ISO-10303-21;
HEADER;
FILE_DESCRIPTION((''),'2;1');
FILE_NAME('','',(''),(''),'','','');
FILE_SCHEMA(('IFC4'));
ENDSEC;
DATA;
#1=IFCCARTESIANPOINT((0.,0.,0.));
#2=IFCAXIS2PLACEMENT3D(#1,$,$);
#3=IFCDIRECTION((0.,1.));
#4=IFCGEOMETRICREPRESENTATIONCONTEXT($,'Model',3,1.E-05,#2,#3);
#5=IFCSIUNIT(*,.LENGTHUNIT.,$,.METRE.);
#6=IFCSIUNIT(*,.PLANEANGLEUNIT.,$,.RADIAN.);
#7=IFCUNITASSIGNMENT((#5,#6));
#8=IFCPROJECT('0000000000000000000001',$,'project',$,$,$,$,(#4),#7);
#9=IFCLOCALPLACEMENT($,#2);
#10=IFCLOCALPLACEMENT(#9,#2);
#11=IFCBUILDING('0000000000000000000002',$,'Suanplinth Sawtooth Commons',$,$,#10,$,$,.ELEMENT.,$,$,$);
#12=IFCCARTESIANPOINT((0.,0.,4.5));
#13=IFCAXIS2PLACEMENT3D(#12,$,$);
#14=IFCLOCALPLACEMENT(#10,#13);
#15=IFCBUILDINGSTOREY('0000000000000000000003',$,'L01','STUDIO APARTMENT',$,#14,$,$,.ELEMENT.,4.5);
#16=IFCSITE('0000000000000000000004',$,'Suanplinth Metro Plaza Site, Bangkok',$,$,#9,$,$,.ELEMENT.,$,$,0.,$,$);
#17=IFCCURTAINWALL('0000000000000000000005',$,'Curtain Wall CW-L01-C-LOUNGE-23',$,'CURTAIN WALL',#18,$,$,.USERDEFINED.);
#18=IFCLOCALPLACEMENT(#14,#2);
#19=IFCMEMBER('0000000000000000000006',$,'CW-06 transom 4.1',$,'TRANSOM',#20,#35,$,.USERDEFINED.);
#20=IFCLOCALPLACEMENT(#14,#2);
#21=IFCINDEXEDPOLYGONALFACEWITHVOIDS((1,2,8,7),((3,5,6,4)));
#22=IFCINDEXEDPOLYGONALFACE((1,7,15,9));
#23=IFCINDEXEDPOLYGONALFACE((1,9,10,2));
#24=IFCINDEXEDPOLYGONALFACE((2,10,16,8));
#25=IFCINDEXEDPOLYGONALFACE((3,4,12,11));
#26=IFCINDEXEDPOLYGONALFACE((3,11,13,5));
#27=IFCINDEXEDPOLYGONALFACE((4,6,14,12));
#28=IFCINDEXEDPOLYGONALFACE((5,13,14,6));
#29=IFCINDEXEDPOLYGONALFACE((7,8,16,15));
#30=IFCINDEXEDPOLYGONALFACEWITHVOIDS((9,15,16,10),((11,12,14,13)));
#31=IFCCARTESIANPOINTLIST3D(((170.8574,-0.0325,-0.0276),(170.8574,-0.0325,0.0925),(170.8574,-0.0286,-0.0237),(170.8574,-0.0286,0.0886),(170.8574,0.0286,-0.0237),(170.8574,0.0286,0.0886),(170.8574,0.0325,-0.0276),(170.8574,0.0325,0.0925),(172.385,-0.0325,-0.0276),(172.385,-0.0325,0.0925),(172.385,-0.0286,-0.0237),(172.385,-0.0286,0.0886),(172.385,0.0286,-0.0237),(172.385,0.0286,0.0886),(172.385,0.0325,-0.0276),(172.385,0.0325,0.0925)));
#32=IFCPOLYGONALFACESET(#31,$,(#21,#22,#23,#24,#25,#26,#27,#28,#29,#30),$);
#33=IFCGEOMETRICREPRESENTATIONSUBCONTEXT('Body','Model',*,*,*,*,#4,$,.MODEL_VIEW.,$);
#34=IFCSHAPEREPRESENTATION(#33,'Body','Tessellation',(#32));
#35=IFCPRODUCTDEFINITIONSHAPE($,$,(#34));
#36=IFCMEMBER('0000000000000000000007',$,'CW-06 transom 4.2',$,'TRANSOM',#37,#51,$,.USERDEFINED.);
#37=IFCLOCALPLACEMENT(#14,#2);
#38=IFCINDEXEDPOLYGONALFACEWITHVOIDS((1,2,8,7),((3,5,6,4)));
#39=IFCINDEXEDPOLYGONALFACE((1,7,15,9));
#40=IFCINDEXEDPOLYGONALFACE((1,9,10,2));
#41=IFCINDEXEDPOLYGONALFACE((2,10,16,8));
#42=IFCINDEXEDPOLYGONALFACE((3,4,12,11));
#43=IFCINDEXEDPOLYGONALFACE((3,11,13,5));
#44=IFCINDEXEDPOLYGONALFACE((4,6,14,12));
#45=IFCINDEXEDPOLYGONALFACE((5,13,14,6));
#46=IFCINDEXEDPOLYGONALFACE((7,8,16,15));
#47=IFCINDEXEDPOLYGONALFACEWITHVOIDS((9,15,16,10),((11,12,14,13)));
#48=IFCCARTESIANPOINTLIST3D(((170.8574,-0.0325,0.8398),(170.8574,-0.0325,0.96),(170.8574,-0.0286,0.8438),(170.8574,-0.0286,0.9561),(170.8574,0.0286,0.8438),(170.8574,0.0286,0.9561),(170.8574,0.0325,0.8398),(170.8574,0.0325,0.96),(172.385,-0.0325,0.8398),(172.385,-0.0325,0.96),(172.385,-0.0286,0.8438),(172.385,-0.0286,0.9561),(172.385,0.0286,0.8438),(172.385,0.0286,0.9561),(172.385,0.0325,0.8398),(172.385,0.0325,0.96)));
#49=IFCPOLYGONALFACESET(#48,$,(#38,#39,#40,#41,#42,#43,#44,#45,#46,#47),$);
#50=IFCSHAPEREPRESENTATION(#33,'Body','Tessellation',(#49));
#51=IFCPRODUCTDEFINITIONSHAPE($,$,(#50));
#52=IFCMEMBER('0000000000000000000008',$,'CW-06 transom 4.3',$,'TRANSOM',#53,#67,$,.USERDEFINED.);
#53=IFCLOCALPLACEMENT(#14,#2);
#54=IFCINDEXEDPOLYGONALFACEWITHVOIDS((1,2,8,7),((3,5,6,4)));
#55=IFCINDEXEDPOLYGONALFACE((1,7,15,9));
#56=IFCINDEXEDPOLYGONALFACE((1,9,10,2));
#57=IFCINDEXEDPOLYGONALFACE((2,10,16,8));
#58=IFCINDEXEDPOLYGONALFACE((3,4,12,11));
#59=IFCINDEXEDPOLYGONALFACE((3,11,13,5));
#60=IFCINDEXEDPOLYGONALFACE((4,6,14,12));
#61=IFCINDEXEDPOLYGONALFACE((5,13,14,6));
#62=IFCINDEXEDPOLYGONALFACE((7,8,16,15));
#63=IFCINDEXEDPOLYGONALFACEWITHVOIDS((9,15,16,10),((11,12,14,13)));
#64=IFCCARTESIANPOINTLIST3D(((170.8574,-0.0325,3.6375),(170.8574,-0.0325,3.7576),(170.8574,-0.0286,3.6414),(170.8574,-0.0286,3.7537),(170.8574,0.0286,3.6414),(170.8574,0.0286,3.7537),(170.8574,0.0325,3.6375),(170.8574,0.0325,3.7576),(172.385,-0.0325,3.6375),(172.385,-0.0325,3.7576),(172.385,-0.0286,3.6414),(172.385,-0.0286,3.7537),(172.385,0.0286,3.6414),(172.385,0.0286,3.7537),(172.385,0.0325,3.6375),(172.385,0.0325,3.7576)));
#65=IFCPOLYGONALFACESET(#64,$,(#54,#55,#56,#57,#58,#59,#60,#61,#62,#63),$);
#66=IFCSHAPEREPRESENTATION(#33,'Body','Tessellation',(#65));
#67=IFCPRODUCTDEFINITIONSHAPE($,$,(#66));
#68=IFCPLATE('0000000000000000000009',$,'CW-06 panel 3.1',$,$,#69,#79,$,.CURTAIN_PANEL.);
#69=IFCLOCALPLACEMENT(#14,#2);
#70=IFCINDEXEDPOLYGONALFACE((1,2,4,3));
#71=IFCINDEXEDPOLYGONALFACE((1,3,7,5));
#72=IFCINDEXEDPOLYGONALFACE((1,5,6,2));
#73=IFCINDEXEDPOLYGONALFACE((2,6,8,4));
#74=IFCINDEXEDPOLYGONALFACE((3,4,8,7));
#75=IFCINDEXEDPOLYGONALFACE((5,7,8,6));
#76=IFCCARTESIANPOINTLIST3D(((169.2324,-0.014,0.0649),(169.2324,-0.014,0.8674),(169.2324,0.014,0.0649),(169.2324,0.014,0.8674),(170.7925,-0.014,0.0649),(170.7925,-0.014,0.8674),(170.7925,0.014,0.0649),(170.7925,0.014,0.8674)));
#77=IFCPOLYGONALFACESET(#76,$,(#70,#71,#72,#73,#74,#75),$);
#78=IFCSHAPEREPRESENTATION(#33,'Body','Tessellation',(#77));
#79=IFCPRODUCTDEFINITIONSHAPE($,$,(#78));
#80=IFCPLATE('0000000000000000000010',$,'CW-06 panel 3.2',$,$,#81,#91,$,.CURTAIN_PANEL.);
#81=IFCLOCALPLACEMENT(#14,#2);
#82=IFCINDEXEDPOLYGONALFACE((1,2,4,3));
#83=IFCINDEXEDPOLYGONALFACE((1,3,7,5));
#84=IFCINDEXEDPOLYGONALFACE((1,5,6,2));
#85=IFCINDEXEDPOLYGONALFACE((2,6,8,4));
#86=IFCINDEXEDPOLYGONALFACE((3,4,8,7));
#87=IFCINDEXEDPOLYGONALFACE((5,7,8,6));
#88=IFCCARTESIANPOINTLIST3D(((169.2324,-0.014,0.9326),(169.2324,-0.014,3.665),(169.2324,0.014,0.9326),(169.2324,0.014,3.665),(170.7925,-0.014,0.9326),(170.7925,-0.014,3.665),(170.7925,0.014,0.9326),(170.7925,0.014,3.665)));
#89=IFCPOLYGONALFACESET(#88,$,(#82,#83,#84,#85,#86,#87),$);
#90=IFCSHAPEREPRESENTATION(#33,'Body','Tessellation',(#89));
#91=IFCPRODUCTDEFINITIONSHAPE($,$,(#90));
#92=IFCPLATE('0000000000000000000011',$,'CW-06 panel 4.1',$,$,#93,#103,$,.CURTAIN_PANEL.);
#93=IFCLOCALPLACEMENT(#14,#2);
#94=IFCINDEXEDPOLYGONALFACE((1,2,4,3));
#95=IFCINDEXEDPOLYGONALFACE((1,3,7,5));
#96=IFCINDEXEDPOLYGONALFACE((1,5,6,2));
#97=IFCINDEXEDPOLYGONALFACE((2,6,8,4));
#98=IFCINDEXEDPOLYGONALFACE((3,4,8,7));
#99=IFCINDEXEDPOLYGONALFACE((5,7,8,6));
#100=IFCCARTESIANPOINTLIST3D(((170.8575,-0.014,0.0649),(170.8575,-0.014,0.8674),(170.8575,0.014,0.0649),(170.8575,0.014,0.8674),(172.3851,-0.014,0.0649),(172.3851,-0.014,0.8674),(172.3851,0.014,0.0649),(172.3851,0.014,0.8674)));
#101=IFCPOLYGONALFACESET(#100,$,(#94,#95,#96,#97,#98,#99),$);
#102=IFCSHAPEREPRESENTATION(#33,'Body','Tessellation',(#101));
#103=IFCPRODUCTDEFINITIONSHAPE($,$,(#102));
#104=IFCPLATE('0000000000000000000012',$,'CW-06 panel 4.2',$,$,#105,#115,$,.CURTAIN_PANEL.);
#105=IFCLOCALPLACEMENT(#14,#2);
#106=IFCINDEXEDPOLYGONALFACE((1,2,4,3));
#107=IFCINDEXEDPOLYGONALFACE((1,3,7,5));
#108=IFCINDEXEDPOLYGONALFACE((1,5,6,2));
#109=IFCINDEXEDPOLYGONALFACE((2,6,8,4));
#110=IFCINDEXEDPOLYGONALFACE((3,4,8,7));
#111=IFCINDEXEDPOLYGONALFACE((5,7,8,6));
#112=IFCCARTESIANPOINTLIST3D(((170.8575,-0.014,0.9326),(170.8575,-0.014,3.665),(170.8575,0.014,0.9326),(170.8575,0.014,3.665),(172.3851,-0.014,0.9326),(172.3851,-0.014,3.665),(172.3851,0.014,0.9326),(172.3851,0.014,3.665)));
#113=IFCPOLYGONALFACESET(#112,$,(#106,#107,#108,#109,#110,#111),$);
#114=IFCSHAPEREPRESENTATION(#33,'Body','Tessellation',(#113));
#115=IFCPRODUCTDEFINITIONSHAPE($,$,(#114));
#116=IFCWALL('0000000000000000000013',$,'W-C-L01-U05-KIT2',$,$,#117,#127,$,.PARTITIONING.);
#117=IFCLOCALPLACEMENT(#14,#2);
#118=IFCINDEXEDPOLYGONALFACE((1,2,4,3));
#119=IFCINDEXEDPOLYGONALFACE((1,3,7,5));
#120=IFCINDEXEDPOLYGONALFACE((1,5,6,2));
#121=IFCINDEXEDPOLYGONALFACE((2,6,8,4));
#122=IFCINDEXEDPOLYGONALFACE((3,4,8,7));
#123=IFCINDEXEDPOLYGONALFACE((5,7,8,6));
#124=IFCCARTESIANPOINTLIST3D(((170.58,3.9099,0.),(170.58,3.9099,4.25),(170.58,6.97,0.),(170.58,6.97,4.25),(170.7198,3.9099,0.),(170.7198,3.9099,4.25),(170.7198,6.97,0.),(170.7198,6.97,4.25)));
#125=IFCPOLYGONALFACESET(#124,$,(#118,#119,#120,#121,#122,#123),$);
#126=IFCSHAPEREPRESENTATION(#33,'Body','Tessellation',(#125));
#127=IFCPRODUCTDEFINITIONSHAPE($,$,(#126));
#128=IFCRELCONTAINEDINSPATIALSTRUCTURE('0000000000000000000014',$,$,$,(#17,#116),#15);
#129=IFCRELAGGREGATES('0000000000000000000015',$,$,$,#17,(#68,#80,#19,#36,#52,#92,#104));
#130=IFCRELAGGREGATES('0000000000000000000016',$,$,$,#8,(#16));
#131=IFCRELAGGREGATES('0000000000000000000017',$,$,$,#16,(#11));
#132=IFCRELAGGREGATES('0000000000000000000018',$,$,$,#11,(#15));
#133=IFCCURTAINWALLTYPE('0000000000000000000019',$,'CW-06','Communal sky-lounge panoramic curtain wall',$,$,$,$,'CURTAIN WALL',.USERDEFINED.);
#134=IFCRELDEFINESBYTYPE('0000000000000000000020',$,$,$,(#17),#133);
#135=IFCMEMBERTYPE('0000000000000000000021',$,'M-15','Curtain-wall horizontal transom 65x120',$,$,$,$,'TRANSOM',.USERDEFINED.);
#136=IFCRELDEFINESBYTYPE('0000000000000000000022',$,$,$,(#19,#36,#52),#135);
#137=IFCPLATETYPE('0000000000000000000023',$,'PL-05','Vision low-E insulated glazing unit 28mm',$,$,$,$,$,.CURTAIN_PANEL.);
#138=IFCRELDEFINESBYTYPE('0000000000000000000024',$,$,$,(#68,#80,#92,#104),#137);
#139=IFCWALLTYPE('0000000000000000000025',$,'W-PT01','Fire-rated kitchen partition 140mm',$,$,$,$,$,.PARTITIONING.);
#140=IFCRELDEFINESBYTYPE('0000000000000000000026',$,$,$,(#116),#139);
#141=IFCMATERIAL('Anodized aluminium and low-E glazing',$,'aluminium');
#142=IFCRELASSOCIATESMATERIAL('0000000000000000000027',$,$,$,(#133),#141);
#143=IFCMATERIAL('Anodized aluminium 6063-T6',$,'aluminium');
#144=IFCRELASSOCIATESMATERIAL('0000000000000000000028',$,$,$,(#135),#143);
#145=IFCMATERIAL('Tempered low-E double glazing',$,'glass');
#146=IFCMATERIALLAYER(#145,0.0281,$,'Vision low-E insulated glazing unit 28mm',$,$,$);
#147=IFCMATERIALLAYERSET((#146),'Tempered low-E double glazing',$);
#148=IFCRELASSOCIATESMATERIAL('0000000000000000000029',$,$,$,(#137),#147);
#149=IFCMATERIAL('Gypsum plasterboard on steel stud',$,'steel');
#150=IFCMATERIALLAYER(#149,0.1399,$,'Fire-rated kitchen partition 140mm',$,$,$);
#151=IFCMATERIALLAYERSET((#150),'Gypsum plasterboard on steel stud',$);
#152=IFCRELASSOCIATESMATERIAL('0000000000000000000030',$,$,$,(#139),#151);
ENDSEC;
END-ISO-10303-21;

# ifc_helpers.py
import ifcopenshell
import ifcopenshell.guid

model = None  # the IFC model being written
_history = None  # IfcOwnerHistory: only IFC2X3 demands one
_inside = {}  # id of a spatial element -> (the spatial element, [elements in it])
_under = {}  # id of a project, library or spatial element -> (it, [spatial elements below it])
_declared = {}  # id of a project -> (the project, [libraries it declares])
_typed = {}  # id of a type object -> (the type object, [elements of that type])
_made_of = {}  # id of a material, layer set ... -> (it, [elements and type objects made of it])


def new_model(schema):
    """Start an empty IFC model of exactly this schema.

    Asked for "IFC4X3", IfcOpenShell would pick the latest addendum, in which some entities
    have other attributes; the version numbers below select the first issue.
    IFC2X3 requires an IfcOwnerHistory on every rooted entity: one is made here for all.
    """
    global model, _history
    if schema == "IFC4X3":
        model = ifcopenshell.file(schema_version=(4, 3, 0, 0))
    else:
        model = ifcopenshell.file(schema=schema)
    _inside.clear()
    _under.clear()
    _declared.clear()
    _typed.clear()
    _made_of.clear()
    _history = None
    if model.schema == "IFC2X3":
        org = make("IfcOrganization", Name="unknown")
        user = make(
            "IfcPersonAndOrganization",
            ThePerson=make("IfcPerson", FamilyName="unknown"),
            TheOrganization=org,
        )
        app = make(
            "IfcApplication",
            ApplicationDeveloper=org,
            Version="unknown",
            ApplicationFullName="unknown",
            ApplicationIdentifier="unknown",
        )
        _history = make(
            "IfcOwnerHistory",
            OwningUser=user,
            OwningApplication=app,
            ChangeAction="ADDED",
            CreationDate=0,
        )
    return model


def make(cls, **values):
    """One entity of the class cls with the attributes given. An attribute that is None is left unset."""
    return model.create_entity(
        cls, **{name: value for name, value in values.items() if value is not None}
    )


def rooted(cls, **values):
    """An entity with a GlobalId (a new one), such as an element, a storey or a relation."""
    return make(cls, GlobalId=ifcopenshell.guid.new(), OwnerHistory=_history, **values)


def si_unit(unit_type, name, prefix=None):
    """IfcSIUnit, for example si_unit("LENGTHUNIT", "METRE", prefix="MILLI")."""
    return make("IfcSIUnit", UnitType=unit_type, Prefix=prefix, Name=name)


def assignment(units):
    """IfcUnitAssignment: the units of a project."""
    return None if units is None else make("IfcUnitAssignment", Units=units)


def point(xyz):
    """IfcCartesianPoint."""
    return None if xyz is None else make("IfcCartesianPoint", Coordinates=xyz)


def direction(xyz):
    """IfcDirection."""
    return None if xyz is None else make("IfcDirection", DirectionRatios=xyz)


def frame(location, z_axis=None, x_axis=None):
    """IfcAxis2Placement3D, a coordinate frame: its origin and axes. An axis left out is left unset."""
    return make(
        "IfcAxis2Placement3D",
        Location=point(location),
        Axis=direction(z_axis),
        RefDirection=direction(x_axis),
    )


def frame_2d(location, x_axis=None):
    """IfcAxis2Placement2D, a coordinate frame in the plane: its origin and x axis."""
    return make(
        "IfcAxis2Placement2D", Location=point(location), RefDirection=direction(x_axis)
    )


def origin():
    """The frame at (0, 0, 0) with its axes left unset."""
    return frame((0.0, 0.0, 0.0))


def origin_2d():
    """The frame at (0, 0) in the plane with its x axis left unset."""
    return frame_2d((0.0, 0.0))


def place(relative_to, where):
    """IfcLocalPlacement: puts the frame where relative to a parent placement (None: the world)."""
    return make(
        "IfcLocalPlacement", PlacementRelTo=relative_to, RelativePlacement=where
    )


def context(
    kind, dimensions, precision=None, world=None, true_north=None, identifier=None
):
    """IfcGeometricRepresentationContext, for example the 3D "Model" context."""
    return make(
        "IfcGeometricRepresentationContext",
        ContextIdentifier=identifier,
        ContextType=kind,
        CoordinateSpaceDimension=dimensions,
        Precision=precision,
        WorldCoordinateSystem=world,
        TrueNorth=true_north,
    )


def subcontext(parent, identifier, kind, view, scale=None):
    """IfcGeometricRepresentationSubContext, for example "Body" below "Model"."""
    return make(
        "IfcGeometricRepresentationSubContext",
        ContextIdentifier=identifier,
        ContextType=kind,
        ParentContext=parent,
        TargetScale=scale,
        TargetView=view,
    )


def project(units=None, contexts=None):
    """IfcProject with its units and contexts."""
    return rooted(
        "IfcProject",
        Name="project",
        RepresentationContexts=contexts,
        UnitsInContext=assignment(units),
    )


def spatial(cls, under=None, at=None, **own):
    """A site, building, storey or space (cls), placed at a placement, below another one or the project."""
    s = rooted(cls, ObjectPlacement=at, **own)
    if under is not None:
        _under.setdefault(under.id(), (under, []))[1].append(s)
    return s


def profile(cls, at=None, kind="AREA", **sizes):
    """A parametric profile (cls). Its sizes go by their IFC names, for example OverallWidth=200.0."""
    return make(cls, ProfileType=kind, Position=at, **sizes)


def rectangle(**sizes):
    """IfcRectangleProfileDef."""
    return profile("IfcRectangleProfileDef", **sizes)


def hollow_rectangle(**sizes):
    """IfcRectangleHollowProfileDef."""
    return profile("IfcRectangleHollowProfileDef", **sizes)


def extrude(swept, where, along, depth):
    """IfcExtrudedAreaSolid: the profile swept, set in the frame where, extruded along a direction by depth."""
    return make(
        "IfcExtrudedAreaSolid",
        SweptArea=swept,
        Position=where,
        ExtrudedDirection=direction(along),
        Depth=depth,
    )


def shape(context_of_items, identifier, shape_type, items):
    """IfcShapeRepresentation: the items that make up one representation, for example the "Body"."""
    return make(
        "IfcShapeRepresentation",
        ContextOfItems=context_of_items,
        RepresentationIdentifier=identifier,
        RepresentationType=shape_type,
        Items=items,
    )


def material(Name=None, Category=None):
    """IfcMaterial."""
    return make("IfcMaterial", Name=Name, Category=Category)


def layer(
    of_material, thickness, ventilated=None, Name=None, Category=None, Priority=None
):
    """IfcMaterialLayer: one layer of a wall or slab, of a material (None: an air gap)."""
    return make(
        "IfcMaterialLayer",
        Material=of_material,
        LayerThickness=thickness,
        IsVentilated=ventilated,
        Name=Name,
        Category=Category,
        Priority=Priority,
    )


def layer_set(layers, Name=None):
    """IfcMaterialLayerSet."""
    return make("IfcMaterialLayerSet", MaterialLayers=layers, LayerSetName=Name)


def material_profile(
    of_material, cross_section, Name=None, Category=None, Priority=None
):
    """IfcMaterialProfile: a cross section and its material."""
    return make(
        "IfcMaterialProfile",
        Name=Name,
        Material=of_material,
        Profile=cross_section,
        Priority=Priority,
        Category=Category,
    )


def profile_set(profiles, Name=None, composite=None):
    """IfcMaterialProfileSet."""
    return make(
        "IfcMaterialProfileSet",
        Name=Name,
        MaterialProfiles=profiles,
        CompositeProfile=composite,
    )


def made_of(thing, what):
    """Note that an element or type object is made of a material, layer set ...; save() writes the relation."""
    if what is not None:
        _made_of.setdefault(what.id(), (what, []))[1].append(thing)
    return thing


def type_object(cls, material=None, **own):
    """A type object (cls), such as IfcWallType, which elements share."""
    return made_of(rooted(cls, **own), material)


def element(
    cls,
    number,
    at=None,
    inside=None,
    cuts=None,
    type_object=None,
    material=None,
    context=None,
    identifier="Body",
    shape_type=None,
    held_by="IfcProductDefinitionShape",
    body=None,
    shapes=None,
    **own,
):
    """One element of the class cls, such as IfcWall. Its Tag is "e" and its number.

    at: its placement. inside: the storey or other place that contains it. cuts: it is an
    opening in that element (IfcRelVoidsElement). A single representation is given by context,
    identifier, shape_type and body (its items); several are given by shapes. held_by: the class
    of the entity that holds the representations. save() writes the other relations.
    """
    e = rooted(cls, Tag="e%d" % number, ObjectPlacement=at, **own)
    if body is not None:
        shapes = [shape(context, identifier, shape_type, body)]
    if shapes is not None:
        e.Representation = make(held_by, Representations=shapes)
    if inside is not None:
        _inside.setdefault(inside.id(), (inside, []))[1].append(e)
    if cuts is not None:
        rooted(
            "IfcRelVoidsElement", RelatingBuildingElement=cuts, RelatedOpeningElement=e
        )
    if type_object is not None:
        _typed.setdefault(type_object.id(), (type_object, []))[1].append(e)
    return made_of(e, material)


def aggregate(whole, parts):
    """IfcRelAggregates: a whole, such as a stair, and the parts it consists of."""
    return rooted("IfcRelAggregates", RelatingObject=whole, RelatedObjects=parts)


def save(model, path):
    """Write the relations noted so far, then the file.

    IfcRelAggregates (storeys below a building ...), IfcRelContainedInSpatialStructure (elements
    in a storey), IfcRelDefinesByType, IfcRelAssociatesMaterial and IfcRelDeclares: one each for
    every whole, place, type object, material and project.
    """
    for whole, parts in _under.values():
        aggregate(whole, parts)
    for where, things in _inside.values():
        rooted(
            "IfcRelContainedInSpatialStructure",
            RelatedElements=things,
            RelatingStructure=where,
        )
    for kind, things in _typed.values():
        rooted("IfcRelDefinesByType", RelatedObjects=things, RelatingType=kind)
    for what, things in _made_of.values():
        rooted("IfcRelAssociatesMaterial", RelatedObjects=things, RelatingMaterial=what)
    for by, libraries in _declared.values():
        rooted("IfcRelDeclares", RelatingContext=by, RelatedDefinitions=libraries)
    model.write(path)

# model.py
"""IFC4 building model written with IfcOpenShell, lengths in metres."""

from ifc_helpers import new_model, si_unit, direction, frame, frame_2d, origin, origin_2d, place, context, subcontext, project, spatial, rectangle, hollow_rectangle, extrude, material, layer, layer_set, material_profile, profile_set, type_object, element, aggregate, save


model = new_model("IFC4")

# Units and contexts
model_context = context("Model", 3, precision=1e-05, world=origin(), true_north=direction((0.0, 1.0)))
body_context = subcontext(model_context, "Body", "Model", "MODEL_VIEW")
ifc_project = project(units=[si_unit("LENGTHUNIT", "METRE"), si_unit("PLANEANGLEUNIT", "RADIAN")], contexts=[model_context])

# Site, building, storey
site_placement = place(None, origin())
site = spatial("IfcSite", under=ifc_project, at=site_placement, Name="Suanplinth Metro Plaza Site, Bangkok", CompositionType="ELEMENT", RefElevation=0.0)
building_placement = place(site_placement, origin())
building = spatial("IfcBuilding", under=site, at=building_placement, Name="Suanplinth Sawtooth Commons", CompositionType="ELEMENT")
storey_placement = place(building_placement, frame((0.0, 0.0, 4.5)))
storey = spatial("IfcBuildingStorey", under=building, at=storey_placement, Name="L01", Description="STUDIO APARTMENT", CompositionType="ELEMENT", Elevation=4.5)

# Curtain wall, members, plates
ifc_material_1 = material(Name="Anodized aluminium and low-E glazing", Category="aluminium")
curtain_wall_type = type_object("IfcCurtainWallType", Name="CW-06", Description="Communal sky-lounge panoramic curtain wall", ElementType="CURTAIN WALL", PredefinedType="USERDEFINED", material=ifc_material_1)
curtain_wall_placement = place(storey_placement, origin())
curtain_wall = element("IfcCurtainWall", 1, at=curtain_wall_placement, inside=storey, type_object=curtain_wall_type, Name="Curtain Wall CW-L01-C-LOUNGE-23", ObjectType="CURTAIN WALL", PredefinedType="USERDEFINED")
ifc_material_2 = material(Name="Anodized aluminium 6063-T6", Category="aluminium")
ifc_material_profile_1 = material_profile(ifc_material_2, hollow_rectangle(XDim=0.0649, YDim=0.1201, WallThickness=0.0039, at=origin_2d()), Name="ALU-TRN 65x120")
ifc_profile_set_1 = profile_set([ifc_material_profile_1], Name="Anodized aluminium 6063-T6")
member_type_1 = type_object("IfcMemberType", Name="M-15", Description="Curtain-wall horizontal transom 65x120", ElementType="TRANSOM", PredefinedType="USERDEFINED", material=ifc_profile_set_1)
member_1_placement = place(storey_placement, frame((170.8574, 0.0, 0.0325), z_axis=(1.0, 0.0, 0.0), x_axis=(0.0, 1.0, 0.0)))
member_1 = element("IfcMember", 2, at=member_1_placement, type_object=member_type_1, Name="CW-06 transom 4.1", ObjectType="TRANSOM", PredefinedType="USERDEFINED", context=body_context, shape_type="SweptSolid", body=[
    extrude(hollow_rectangle(XDim=0.0649, YDim=0.1201, WallThickness=0.0039, at=origin_2d()), origin(), (0.0, 0.0, 1.0), 1.5276),
])
member_2_placement = place(storey_placement, frame((170.8574, 0.0, 0.8999), z_axis=(1.0, 0.0, 0.0), x_axis=(0.0, 1.0, 0.0)))
member_2 = element("IfcMember", 3, at=member_2_placement, type_object=member_type_1, Name="CW-06 transom 4.2", ObjectType="TRANSOM", PredefinedType="USERDEFINED", context=body_context, shape_type="SweptSolid", body=[
    extrude(hollow_rectangle(XDim=0.0649, YDim=0.1201, WallThickness=0.0039, at=origin_2d()), origin(), (0.0, 0.0, 1.0), 1.5276),
])
member_3_placement = place(storey_placement, frame((170.8574, 0.0, 3.6975), z_axis=(1.0, 0.0, 0.0), x_axis=(0.0, 1.0, 0.0)))
member_3 = element("IfcMember", 4, at=member_3_placement, type_object=member_type_1, Name="CW-06 transom 4.3", ObjectType="TRANSOM", PredefinedType="USERDEFINED", context=body_context, shape_type="SweptSolid", body=[
    extrude(hollow_rectangle(XDim=0.0649, YDim=0.1201, WallThickness=0.0039, at=origin_2d()), origin(), (0.0, 0.0, 1.0), 1.5276),
])
ifc_material_3 = material(Name="Tempered low-E double glazing", Category="glass")
ifc_layer_1 = layer(ifc_material_3, 0.0281, Name="Vision low-E insulated glazing unit 28mm")
ifc_layer_set_1 = layer_set([ifc_layer_1], Name="Tempered low-E double glazing")
plate_type = type_object("IfcPlateType", Name="PL-05", Description="Vision low-E insulated glazing unit 28mm", PredefinedType="CURTAIN_PANEL", material=ifc_layer_set_1)
plate_1_placement = place(storey_placement, frame((170.0125, 0.0, 0.0649), z_axis=(0.0, 0.0, 1.0), x_axis=(1.0, 0.0, 0.0)))
plate_1 = element("IfcPlate", 5, at=plate_1_placement, type_object=plate_type, Name="CW-06 panel 3.1", PredefinedType="CURTAIN_PANEL", context=body_context, shape_type="SweptSolid", body=[
    extrude(rectangle(XDim=1.5601, YDim=0.0281, at=origin_2d()), origin(), (0.0, 0.0, 1.0), 0.8025),
])
plate_2_placement = place(storey_placement, frame((170.0125, 0.0, 0.9326), z_axis=(0.0, 0.0, 1.0), x_axis=(1.0, 0.0, 0.0)))
plate_2 = element("IfcPlate", 6, at=plate_2_placement, type_object=plate_type, Name="CW-06 panel 3.2", PredefinedType="CURTAIN_PANEL", context=body_context, shape_type="SweptSolid", body=[
    extrude(rectangle(XDim=1.5601, YDim=0.0281, at=origin_2d()), origin(), (0.0, 0.0, 1.0), 2.7324),
])
plate_3_placement = place(storey_placement, frame((171.6213, 0.0, 0.0649), z_axis=(0.0, 0.0, 1.0), x_axis=(1.0, 0.0, 0.0)))
plate_3 = element("IfcPlate", 7, at=plate_3_placement, type_object=plate_type, Name="CW-06 panel 4.1", PredefinedType="CURTAIN_PANEL", context=body_context, shape_type="SweptSolid", body=[
    extrude(rectangle(XDim=1.5276, YDim=0.0281, at=origin_2d()), origin(), (0.0, 0.0, 1.0), 0.8025),
])
plate_4_placement = place(storey_placement, frame((171.6213, 0.0, 0.9326), z_axis=(0.0, 0.0, 1.0), x_axis=(1.0, 0.0, 0.0)))
plate_4 = element("IfcPlate", 8, at=plate_4_placement, type_object=plate_type, Name="CW-06 panel 4.2", PredefinedType="CURTAIN_PANEL", context=body_context, shape_type="SweptSolid", body=[
    extrude(rectangle(XDim=1.5276, YDim=0.0281, at=origin_2d()), origin(), (0.0, 0.0, 1.0), 2.7324),
])
aggregate(curtain_wall, [plate_1, plate_2, member_1, member_2, member_3, plate_3, plate_4])

# Wall
ifc_material_4 = material(Name="Gypsum plasterboard on steel stud", Category="steel")
ifc_layer_2 = layer(ifc_material_4, 0.1399, Name="Fire-rated kitchen partition 140mm")
ifc_layer_set_2 = layer_set([ifc_layer_2], Name="Gypsum plasterboard on steel stud")
wall_type = type_object("IfcWallType", Name="W-PT01", Description="Fire-rated kitchen partition 140mm", PredefinedType="PARTITIONING", material=ifc_layer_set_2)
wall_placement = place(storey_placement, frame((170.6499, 3.9099, 0.0), z_axis=(0.0, 0.0, 1.0), x_axis=(0.0, 1.0, 0.0)))
element("IfcWall", 9, at=wall_placement, inside=storey, type_object=wall_type, Name="W-C-L01-U05-KIT2", PredefinedType="PARTITIONING", context=body_context, shape_type="SweptSolid", body=[
    extrude(rectangle(XDim=3.0601, YDim=0.1399, at=frame_2d((1.53, 0.0))), origin(), (0.0, 0.0, 1.0), 4.25),
])

save(model, "model.ifc")
